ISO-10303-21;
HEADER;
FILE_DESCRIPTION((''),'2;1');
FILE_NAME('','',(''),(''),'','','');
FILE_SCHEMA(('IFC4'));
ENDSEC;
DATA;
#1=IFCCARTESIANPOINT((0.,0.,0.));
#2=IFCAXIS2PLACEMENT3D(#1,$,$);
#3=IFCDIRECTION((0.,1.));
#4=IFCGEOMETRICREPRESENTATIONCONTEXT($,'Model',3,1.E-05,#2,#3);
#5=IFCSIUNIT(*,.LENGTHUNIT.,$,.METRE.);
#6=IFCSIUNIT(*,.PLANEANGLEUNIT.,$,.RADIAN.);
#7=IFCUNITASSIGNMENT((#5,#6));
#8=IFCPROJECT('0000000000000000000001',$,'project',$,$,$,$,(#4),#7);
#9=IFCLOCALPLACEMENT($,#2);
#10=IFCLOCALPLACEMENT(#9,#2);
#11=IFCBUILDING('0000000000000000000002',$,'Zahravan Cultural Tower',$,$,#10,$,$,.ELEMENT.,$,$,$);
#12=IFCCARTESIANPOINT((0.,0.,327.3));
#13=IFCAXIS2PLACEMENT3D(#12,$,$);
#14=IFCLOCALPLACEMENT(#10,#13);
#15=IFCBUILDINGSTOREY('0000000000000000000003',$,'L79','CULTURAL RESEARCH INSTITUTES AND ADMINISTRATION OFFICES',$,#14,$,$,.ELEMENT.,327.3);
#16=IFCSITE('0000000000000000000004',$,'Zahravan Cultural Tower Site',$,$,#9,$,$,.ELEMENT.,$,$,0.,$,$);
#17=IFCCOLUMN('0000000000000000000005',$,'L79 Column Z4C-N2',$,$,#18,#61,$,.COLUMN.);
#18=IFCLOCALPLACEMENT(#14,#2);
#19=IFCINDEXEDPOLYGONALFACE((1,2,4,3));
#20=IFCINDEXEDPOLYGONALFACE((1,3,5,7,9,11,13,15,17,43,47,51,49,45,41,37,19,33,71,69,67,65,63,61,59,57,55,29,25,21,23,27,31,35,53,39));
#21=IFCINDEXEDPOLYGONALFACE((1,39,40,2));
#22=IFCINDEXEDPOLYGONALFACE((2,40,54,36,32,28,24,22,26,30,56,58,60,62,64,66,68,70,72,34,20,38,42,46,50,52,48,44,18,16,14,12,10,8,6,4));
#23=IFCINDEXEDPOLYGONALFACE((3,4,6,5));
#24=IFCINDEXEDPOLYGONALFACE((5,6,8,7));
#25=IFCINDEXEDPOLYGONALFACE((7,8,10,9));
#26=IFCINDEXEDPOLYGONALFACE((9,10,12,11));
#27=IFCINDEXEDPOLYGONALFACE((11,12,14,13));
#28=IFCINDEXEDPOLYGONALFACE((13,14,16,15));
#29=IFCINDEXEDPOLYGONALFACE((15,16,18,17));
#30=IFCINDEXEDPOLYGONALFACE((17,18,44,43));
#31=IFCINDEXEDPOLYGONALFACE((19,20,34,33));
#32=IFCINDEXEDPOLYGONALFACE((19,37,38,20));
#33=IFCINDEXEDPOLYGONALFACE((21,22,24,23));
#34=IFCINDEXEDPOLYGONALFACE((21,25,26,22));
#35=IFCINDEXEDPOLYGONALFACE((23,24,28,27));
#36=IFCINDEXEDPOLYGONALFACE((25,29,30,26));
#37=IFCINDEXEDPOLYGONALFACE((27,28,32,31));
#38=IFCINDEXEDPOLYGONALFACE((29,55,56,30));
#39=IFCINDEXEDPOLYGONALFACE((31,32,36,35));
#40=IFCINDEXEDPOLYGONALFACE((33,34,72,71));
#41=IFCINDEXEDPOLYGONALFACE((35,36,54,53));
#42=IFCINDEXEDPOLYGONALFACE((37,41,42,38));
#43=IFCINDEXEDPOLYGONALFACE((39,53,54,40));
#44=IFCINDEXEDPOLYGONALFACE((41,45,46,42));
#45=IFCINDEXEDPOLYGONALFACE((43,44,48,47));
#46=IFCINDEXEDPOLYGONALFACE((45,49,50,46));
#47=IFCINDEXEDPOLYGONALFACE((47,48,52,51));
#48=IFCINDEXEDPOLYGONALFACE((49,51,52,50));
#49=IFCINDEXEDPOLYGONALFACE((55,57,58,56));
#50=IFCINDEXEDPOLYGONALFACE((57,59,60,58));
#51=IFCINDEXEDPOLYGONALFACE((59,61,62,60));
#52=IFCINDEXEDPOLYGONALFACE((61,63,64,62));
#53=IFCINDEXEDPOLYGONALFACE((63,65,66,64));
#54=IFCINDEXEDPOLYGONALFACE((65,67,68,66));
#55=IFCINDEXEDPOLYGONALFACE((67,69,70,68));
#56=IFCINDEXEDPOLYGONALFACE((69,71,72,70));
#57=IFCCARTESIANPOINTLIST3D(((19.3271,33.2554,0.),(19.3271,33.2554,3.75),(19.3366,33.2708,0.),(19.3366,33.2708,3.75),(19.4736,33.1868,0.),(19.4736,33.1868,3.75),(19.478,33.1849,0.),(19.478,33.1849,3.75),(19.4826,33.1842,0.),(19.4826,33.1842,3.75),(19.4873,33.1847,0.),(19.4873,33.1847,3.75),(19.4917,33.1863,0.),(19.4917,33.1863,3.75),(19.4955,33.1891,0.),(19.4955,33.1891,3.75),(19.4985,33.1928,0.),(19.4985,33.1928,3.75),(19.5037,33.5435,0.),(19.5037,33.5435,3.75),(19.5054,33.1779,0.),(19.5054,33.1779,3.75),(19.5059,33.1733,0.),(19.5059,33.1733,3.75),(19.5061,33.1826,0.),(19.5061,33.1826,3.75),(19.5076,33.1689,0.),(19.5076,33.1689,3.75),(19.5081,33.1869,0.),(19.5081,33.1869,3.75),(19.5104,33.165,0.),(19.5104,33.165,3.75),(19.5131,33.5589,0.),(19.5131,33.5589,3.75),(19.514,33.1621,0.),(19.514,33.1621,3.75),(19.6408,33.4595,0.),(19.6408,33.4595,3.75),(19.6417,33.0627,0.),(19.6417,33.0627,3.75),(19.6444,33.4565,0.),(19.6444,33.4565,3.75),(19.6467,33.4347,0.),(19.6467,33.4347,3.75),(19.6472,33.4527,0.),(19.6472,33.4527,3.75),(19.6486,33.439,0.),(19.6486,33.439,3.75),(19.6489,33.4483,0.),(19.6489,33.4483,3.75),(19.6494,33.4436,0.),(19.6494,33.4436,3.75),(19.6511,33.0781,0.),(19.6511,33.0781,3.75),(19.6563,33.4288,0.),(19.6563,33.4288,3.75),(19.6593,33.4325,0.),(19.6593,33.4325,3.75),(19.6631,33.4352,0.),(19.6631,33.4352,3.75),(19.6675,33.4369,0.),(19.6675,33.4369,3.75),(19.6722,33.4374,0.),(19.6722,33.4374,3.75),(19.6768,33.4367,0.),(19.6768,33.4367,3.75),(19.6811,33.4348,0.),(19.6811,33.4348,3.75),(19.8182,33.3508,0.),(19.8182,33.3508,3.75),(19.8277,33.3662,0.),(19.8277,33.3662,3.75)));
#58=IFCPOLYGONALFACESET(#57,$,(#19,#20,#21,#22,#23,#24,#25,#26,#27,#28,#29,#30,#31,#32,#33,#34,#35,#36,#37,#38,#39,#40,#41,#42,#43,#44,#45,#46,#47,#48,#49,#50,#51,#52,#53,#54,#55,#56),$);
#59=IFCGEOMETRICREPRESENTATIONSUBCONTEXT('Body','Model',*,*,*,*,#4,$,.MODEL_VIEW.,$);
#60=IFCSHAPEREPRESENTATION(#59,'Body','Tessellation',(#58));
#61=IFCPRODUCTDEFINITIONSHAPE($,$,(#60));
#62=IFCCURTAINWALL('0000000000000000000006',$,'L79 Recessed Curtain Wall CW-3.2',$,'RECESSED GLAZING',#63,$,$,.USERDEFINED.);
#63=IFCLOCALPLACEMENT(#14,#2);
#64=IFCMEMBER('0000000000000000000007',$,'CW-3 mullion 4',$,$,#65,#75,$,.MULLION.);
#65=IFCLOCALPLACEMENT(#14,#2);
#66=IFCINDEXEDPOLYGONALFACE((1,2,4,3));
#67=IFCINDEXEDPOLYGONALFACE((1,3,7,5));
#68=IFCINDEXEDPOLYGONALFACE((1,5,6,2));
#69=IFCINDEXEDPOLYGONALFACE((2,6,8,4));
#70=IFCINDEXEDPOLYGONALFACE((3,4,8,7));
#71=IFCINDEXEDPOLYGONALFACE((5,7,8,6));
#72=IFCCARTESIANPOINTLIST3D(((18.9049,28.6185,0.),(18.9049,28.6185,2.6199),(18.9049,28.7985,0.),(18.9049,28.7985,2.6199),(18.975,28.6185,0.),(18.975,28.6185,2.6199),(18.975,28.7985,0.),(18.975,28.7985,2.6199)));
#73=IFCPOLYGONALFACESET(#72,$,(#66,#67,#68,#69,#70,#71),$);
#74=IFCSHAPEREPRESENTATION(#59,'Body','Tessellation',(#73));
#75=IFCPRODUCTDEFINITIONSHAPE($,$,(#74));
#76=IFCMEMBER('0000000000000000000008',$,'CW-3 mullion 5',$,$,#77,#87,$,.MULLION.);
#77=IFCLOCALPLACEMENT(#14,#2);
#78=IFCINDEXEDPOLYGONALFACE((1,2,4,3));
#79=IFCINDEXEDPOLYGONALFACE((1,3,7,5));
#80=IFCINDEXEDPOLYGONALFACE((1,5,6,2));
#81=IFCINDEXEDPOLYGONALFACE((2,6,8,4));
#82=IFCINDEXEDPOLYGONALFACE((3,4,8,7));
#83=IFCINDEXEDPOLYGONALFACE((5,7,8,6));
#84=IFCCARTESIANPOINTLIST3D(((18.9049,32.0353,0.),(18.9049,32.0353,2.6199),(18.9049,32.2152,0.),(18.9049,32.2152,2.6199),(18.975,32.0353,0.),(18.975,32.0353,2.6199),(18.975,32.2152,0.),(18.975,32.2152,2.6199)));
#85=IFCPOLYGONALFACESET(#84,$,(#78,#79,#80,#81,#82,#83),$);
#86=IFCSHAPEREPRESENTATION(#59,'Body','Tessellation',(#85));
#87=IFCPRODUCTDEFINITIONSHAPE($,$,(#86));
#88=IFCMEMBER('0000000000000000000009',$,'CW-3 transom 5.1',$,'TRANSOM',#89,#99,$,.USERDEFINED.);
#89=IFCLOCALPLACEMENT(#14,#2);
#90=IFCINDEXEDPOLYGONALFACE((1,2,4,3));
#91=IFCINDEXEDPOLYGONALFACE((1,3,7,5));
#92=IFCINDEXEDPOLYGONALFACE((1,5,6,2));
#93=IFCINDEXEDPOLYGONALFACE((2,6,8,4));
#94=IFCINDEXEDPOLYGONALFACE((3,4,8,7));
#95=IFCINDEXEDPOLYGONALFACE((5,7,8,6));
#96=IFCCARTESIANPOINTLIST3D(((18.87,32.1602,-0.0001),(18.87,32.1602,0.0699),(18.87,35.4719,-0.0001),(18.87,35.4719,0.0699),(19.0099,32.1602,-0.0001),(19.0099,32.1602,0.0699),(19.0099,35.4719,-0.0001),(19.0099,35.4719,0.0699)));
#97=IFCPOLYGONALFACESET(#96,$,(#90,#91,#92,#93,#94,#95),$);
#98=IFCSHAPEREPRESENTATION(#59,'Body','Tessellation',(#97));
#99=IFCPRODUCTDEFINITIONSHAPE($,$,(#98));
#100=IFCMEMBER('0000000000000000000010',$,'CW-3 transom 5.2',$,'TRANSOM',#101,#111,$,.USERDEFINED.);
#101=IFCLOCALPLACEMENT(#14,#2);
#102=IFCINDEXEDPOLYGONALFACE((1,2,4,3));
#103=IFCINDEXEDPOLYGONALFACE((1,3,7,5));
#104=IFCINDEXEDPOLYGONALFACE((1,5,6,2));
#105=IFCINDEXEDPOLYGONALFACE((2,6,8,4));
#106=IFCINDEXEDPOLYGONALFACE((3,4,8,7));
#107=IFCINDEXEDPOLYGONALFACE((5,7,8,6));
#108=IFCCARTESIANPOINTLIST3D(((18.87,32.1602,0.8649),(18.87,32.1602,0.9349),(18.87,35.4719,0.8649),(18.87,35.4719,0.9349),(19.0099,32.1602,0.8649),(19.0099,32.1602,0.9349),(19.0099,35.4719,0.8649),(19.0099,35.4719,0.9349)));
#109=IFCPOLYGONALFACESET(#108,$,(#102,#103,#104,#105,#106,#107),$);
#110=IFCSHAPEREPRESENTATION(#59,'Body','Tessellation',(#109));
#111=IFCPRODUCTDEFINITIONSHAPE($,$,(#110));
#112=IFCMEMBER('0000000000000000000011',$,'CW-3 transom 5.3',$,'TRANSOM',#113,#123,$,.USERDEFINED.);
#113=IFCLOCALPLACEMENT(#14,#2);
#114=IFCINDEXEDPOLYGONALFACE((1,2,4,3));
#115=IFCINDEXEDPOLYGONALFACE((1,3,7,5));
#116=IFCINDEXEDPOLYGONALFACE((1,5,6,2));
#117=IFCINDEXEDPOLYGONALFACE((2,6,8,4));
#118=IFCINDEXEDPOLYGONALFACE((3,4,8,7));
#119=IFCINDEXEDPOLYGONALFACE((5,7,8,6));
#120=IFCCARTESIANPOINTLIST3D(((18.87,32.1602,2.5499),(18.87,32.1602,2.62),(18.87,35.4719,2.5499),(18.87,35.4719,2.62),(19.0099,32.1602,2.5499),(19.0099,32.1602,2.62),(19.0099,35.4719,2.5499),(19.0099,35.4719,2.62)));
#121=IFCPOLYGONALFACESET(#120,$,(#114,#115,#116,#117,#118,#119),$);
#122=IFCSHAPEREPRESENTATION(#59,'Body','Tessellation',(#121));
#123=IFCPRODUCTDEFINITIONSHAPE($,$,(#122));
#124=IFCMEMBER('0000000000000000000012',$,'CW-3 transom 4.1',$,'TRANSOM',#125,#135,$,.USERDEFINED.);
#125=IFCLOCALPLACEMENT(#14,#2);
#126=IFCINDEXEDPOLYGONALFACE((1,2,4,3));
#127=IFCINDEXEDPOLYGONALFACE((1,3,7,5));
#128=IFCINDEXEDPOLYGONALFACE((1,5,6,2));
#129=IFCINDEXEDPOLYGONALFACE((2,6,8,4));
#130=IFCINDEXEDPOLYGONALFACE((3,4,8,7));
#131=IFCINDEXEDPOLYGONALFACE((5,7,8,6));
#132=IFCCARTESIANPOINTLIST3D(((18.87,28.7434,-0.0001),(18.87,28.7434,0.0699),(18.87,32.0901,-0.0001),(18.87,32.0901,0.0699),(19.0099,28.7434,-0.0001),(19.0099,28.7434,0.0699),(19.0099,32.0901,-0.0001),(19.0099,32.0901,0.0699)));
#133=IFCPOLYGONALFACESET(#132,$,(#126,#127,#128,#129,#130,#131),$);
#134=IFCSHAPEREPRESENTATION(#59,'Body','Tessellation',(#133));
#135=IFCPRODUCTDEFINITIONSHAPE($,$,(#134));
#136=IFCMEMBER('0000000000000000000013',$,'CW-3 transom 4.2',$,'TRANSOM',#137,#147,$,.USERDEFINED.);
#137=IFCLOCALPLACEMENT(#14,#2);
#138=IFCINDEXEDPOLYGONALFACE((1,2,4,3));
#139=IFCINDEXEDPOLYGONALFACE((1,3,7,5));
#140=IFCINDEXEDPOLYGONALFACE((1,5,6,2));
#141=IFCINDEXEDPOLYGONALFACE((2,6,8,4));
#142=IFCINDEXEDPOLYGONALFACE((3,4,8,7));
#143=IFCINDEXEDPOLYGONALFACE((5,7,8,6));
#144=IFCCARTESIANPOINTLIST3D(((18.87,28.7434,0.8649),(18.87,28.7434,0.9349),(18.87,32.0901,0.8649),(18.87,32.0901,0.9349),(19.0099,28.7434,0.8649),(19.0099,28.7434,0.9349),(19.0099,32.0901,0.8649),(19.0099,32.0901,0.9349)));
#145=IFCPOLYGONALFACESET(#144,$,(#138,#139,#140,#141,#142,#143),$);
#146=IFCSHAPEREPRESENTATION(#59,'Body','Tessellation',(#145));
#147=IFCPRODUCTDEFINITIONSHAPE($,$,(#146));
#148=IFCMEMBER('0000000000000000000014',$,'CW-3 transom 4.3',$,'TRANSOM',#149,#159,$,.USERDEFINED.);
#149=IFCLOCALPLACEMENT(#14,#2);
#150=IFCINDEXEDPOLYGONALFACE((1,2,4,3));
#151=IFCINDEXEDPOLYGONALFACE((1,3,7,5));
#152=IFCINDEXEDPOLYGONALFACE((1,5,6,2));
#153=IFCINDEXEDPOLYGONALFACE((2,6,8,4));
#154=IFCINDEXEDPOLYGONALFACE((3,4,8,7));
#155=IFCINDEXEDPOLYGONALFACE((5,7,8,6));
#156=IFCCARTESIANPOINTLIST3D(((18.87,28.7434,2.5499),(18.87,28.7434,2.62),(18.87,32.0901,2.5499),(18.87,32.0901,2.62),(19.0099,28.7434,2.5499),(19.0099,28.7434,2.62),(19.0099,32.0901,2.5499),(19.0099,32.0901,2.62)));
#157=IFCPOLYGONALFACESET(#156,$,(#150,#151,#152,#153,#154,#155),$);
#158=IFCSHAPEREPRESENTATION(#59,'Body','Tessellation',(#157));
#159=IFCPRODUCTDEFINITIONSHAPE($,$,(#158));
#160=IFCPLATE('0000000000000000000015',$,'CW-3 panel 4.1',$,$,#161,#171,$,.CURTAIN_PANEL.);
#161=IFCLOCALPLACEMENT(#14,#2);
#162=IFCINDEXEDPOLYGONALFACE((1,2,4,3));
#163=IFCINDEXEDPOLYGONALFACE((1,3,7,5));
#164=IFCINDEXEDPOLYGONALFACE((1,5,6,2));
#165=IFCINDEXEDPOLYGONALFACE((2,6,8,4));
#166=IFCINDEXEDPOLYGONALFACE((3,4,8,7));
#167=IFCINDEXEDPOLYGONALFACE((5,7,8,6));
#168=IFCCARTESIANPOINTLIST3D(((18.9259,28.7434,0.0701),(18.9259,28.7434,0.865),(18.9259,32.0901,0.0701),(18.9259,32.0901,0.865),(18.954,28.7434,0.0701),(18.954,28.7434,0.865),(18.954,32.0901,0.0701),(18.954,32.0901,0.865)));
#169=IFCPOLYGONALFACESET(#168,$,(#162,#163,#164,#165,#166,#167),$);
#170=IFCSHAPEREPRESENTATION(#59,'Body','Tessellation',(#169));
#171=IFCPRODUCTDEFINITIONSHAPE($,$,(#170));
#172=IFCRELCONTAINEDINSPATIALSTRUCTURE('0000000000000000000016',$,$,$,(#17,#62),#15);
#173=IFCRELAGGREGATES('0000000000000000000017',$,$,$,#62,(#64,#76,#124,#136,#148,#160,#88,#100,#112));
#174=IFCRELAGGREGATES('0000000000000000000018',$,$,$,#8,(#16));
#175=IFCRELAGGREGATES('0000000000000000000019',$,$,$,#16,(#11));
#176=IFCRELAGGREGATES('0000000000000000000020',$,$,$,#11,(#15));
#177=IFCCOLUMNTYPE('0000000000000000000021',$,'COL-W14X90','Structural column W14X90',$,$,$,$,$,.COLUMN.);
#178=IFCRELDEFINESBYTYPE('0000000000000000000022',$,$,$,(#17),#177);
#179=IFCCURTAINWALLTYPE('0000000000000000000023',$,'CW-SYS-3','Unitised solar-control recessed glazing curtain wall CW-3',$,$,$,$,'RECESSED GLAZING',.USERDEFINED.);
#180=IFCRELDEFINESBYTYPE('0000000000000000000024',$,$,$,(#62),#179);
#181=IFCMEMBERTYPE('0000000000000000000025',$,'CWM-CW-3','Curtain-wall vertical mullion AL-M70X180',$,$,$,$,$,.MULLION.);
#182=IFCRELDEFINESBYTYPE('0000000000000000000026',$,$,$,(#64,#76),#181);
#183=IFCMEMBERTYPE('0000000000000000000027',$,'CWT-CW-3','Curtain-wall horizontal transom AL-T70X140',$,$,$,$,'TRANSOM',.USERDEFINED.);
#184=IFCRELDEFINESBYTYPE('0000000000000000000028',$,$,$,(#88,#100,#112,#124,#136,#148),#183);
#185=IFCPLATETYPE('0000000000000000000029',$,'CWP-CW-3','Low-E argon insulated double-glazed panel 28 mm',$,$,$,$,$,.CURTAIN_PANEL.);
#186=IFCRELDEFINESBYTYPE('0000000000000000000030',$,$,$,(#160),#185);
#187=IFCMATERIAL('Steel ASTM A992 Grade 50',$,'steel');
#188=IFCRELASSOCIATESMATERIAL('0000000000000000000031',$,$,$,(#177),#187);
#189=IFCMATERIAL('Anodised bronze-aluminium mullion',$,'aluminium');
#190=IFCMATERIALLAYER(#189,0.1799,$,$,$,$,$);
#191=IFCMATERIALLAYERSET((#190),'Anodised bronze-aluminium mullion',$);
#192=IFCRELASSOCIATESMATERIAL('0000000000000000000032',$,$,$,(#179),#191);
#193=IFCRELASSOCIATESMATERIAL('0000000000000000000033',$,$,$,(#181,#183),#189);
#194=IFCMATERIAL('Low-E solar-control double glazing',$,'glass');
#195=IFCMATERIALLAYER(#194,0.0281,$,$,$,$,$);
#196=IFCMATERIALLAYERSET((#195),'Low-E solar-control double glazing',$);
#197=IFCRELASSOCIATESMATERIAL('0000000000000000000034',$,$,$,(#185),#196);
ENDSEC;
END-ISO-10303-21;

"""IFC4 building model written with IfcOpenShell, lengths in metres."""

from ifc_helpers import new_model, si_unit, direction, frame, origin, origin_2d, place, context, subcontext, project, spatial, rectangle, i_section, extrude, source, transform, mapped, material, layer, layer_set, material_profile, profile_set, type_object, element, aggregate, save


model = new_model("IFC4")

# Units and contexts
model_context = context("Model", 3, precision=1e-05, world=origin(), true_north=direction((0.0, 1.0)))
body_context = subcontext(model_context, "Body", "Model", "MODEL_VIEW")
ifc_project = project(units=[si_unit("LENGTHUNIT", "METRE"), si_unit("PLANEANGLEUNIT", "RADIAN")], contexts=[model_context])

# Site, building, storey
site_placement = place(None, origin())
site = spatial("IfcSite", under=ifc_project, at=site_placement, Name="Zahravan Cultural Tower Site", CompositionType="ELEMENT", RefElevation=0.0)
building_placement = place(site_placement, origin())
building = spatial("IfcBuilding", under=site, at=building_placement, Name="Zahravan Cultural Tower", CompositionType="ELEMENT")
storey_placement = place(building_placement, frame((0.0, 0.0, 327.3)))
storey = spatial("IfcBuildingStorey", under=building, at=storey_placement, Name="L79", Description="CULTURAL RESEARCH INSTITUTES AND ADMINISTRATION OFFICES", CompositionType="ELEMENT", Elevation=327.3)

# Column
ifc_material_1 = material(Name="Steel ASTM A992 Grade 50", Category="steel")
ifc_material_profile_1 = material_profile(ifc_material_1, i_section(OverallWidth=0.3689, OverallDepth=0.356, WebThickness=0.0112, FlangeThickness=0.0181, FilletRadius=0.0181, at=origin_2d()), Name="W14X90")
ifc_profile_set_1 = profile_set([ifc_material_profile_1], Name="Steel ASTM A992 Grade 50")
column_type = type_object("IfcColumnType", Name="COL-W14X90", Description="Structural column W14X90", PredefinedType="COLUMN", material=ifc_profile_set_1)
shared_shape_1 = source(origin(), body_context, "Body", "SweptSolid", [
    extrude(i_section(OverallWidth=0.3689, OverallDepth=0.356, WebThickness=0.0112, FlangeThickness=0.0181, FilletRadius=0.0181, at=origin_2d()), origin(), (0.0, 0.0, 1.0), 3.75),
])
column_placement = place(storey_placement, frame((19.5774, 33.3108, 0.0), z_axis=(0.0, 0.0, 1.0), x_axis=(-0.85264, 0.522499, 0.0)))
element("IfcColumn", 1, at=column_placement, inside=storey, type_object=column_type, Name="L79 Column Z4C-N2", PredefinedType="COLUMN", context=body_context, shape_type="MappedRepresentation", body=[
    mapped(shared_shape_1, transform((0.0, 0.0, 0.0), x_axis=(1.0, 0.0, 0.0), y_axis=(0.0, 1.0, 0.0), z_axis=(0.0, 0.0, 1.0), scale=1.0)),
])

# Curtain wall, members, plate
ifc_material_2 = material(Name="Anodised bronze-aluminium mullion", Category="aluminium")
ifc_layer_1 = layer(ifc_material_2, 0.1799)
ifc_layer_set_1 = layer_set([ifc_layer_1], Name="Anodised bronze-aluminium mullion")
curtain_wall_type = type_object("IfcCurtainWallType", Name="CW-SYS-3", Description="Unitised solar-control recessed glazing curtain wall CW-3", ElementType="RECESSED GLAZING", PredefinedType="USERDEFINED", material=ifc_layer_set_1)
curtain_wall_placement = place(storey_placement, origin())
curtain_wall = element("IfcCurtainWall", 2, at=curtain_wall_placement, inside=storey, type_object=curtain_wall_type, Name="L79 Recessed Curtain Wall CW-3.2", ObjectType="RECESSED GLAZING", PredefinedType="USERDEFINED")
ifc_material_profile_2 = material_profile(ifc_material_2, rectangle(XDim=0.0701, YDim=0.1799, at=origin_2d()), Name="AL-M70X180")
ifc_profile_set_2 = profile_set([ifc_material_profile_2], Name="Anodised bronze-aluminium mullion")
member_type_1 = type_object("IfcMemberType", Name="CWM-CW-3", Description="Curtain-wall vertical mullion AL-M70X180", PredefinedType="MULLION", material=ifc_profile_set_2)
shared_shape_2 = source(origin(), body_context, "Body", "SweptSolid", [
    extrude(rectangle(XDim=0.0701, YDim=0.1799, at=origin_2d()), origin(), (0.0, 0.0, 1.0), 2.6199),
])
member_1_placement = place(storey_placement, frame((18.9399, 28.7085, 0.0), z_axis=(0.0, 0.0, 1.0), x_axis=(-1.0, 0.0, 0.0)))
member_1 = element("IfcMember", 3, at=member_1_placement, type_object=member_type_1, Name="CW-3 mullion 4", PredefinedType="MULLION", context=body_context, shape_type="MappedRepresentation", body=[
    mapped(shared_shape_2, transform((0.0, 0.0, 0.0), x_axis=(1.0, 0.0, 0.0), y_axis=(0.0, 1.0, 0.0), z_axis=(0.0, 0.0, 1.0), scale=1.0)),
])
member_2_placement = place(storey_placement, frame((18.9399, 32.1252, 0.0), z_axis=(0.0, 0.0, 1.0), x_axis=(-1.0, 0.0, 0.0)))
member_2 = element("IfcMember", 4, at=member_2_placement, type_object=member_type_1, Name="CW-3 mullion 5", PredefinedType="MULLION", context=body_context, shape_type="MappedRepresentation", body=[
    mapped(shared_shape_2, transform((0.0, 0.0, 0.0), x_axis=(1.0, 0.0, 0.0), y_axis=(0.0, 1.0, 0.0), z_axis=(0.0, 0.0, 1.0), scale=1.0)),
])
ifc_material_profile_3 = material_profile(ifc_material_2, rectangle(XDim=0.1399, YDim=0.0701, at=origin_2d()), Name="AL-T70X140")
ifc_profile_set_3 = profile_set([ifc_material_profile_3], Name="Anodised bronze-aluminium mullion")
member_type_2 = type_object("IfcMemberType", Name="CWT-CW-3", Description="Curtain-wall horizontal transom AL-T70X140", ElementType="TRANSOM", PredefinedType="USERDEFINED", material=ifc_profile_set_3)
shared_shape_3 = source(origin(), body_context, "Body", "SweptSolid", [
    extrude(rectangle(XDim=0.1399, YDim=0.0701, at=origin_2d()), origin(), (0.0, 0.0, 1.0), 3.3118),
])
member_3_placement = place(storey_placement, frame((18.9399, 32.1602, 0.0349), z_axis=(0.0, 1.0, 0.0), x_axis=(-1.0, 0.0, 0.0)))
member_3 = element("IfcMember", 5, at=member_3_placement, type_object=member_type_2, Name="CW-3 transom 5.1", ObjectType="TRANSOM", PredefinedType="USERDEFINED", context=body_context, shape_type="MappedRepresentation", body=[
    mapped(shared_shape_3, transform((0.0, 0.0, 0.0), x_axis=(1.0, 0.0, 0.0), y_axis=(0.0, 1.0, 0.0), z_axis=(0.0, 0.0, 1.0), scale=1.0)),
])
member_4_placement = place(storey_placement, frame((18.9399, 32.1602, 0.8999), z_axis=(0.0, 1.0, 0.0), x_axis=(-1.0, 0.0, 0.0)))
member_4 = element("IfcMember", 6, at=member_4_placement, type_object=member_type_2, Name="CW-3 transom 5.2", ObjectType="TRANSOM", PredefinedType="USERDEFINED", context=body_context, shape_type="MappedRepresentation", body=[
    mapped(shared_shape_3, transform((0.0, 0.0, 0.0), x_axis=(1.0, 0.0, 0.0), y_axis=(0.0, 1.0, 0.0), z_axis=(0.0, 0.0, 1.0), scale=1.0)),
])
member_5_placement = place(storey_placement, frame((18.9399, 32.1602, 2.585), z_axis=(0.0, 1.0, 0.0), x_axis=(-1.0, 0.0, 0.0)))
member_5 = element("IfcMember", 7, at=member_5_placement, type_object=member_type_2, Name="CW-3 transom 5.3", ObjectType="TRANSOM", PredefinedType="USERDEFINED", context=body_context, shape_type="MappedRepresentation", body=[
    mapped(shared_shape_3, transform((0.0, 0.0, 0.0), x_axis=(1.0, 0.0, 0.0), y_axis=(0.0, 1.0, 0.0), z_axis=(0.0, 0.0, 1.0), scale=1.0)),
])
shared_shape_4 = source(origin(), body_context, "Body", "SweptSolid", [
    extrude(rectangle(XDim=0.1399, YDim=0.0701, at=origin_2d()), origin(), (0.0, 0.0, 1.0), 3.3467),
])
member_6_placement = place(storey_placement, frame((18.9399, 28.7434, 0.0349), z_axis=(0.0, 1.0, 0.0), x_axis=(-1.0, 0.0, 0.0)))
member_6 = element("IfcMember", 8, at=member_6_placement, type_object=member_type_2, Name="CW-3 transom 4.1", ObjectType="TRANSOM", PredefinedType="USERDEFINED", context=body_context, shape_type="MappedRepresentation", body=[
    mapped(shared_shape_4, transform((0.0, 0.0, 0.0), x_axis=(1.0, 0.0, 0.0), y_axis=(0.0, 1.0, 0.0), z_axis=(0.0, 0.0, 1.0), scale=1.0)),
])
member_7_placement = place(storey_placement, frame((18.9399, 28.7434, 0.8999), z_axis=(0.0, 1.0, 0.0), x_axis=(-1.0, 0.0, 0.0)))
member_7 = element("IfcMember", 9, at=member_7_placement, type_object=member_type_2, Name="CW-3 transom 4.2", ObjectType="TRANSOM", PredefinedType="USERDEFINED", context=body_context, shape_type="MappedRepresentation", body=[
    mapped(shared_shape_4, transform((0.0, 0.0, 0.0), x_axis=(1.0, 0.0, 0.0), y_axis=(0.0, 1.0, 0.0), z_axis=(0.0, 0.0, 1.0), scale=1.0)),
])
member_8_placement = place(storey_placement, frame((18.9399, 28.7434, 2.585), z_axis=(0.0, 1.0, 0.0), x_axis=(-1.0, 0.0, 0.0)))
member_8 = element("IfcMember", 10, at=member_8_placement, type_object=member_type_2, Name="CW-3 transom 4.3", ObjectType="TRANSOM", PredefinedType="USERDEFINED", context=body_context, shape_type="MappedRepresentation", body=[
    mapped(shared_shape_4, transform((0.0, 0.0, 0.0), x_axis=(1.0, 0.0, 0.0), y_axis=(0.0, 1.0, 0.0), z_axis=(0.0, 0.0, 1.0), scale=1.0)),
])
ifc_material_3 = material(Name="Low-E solar-control double glazing", Category="glass")
ifc_layer_2 = layer(ifc_material_3, 0.0281)
ifc_layer_set_2 = layer_set([ifc_layer_2], Name="Low-E solar-control double glazing")
plate_type = type_object("IfcPlateType", Name="CWP-CW-3", Description="Low-E argon insulated double-glazed panel 28 mm", PredefinedType="CURTAIN_PANEL", material=ifc_layer_set_2)
shared_shape_5 = source(origin(), body_context, "Body", "SweptSolid", [
    extrude(rectangle(XDim=3.3467, YDim=0.0281, at=origin_2d()), origin(), (0.0, 0.0, 1.0), 0.7949),
])
plate_1_placement = place(storey_placement, frame((18.9399, 30.4167, 0.0701), z_axis=(0.0, 0.0, 1.0), x_axis=(0.0, 1.0, 0.0)))
plate_1 = element("IfcPlate", 11, at=plate_1_placement, type_object=plate_type, Name="CW-3 panel 4.1", PredefinedType="CURTAIN_PANEL", context=body_context, shape_type="MappedRepresentation", body=[
    mapped(shared_shape_5, transform((0.0, 0.0, 0.0), x_axis=(1.0, 0.0, 0.0), y_axis=(0.0, 1.0, 0.0), z_axis=(0.0, 0.0, 1.0), scale=1.0)),
])
aggregate(curtain_wall, [member_1, member_2, member_6, member_7, member_8, plate_1, member_3, member_4, member_5])

save(model, "model.ifc")
